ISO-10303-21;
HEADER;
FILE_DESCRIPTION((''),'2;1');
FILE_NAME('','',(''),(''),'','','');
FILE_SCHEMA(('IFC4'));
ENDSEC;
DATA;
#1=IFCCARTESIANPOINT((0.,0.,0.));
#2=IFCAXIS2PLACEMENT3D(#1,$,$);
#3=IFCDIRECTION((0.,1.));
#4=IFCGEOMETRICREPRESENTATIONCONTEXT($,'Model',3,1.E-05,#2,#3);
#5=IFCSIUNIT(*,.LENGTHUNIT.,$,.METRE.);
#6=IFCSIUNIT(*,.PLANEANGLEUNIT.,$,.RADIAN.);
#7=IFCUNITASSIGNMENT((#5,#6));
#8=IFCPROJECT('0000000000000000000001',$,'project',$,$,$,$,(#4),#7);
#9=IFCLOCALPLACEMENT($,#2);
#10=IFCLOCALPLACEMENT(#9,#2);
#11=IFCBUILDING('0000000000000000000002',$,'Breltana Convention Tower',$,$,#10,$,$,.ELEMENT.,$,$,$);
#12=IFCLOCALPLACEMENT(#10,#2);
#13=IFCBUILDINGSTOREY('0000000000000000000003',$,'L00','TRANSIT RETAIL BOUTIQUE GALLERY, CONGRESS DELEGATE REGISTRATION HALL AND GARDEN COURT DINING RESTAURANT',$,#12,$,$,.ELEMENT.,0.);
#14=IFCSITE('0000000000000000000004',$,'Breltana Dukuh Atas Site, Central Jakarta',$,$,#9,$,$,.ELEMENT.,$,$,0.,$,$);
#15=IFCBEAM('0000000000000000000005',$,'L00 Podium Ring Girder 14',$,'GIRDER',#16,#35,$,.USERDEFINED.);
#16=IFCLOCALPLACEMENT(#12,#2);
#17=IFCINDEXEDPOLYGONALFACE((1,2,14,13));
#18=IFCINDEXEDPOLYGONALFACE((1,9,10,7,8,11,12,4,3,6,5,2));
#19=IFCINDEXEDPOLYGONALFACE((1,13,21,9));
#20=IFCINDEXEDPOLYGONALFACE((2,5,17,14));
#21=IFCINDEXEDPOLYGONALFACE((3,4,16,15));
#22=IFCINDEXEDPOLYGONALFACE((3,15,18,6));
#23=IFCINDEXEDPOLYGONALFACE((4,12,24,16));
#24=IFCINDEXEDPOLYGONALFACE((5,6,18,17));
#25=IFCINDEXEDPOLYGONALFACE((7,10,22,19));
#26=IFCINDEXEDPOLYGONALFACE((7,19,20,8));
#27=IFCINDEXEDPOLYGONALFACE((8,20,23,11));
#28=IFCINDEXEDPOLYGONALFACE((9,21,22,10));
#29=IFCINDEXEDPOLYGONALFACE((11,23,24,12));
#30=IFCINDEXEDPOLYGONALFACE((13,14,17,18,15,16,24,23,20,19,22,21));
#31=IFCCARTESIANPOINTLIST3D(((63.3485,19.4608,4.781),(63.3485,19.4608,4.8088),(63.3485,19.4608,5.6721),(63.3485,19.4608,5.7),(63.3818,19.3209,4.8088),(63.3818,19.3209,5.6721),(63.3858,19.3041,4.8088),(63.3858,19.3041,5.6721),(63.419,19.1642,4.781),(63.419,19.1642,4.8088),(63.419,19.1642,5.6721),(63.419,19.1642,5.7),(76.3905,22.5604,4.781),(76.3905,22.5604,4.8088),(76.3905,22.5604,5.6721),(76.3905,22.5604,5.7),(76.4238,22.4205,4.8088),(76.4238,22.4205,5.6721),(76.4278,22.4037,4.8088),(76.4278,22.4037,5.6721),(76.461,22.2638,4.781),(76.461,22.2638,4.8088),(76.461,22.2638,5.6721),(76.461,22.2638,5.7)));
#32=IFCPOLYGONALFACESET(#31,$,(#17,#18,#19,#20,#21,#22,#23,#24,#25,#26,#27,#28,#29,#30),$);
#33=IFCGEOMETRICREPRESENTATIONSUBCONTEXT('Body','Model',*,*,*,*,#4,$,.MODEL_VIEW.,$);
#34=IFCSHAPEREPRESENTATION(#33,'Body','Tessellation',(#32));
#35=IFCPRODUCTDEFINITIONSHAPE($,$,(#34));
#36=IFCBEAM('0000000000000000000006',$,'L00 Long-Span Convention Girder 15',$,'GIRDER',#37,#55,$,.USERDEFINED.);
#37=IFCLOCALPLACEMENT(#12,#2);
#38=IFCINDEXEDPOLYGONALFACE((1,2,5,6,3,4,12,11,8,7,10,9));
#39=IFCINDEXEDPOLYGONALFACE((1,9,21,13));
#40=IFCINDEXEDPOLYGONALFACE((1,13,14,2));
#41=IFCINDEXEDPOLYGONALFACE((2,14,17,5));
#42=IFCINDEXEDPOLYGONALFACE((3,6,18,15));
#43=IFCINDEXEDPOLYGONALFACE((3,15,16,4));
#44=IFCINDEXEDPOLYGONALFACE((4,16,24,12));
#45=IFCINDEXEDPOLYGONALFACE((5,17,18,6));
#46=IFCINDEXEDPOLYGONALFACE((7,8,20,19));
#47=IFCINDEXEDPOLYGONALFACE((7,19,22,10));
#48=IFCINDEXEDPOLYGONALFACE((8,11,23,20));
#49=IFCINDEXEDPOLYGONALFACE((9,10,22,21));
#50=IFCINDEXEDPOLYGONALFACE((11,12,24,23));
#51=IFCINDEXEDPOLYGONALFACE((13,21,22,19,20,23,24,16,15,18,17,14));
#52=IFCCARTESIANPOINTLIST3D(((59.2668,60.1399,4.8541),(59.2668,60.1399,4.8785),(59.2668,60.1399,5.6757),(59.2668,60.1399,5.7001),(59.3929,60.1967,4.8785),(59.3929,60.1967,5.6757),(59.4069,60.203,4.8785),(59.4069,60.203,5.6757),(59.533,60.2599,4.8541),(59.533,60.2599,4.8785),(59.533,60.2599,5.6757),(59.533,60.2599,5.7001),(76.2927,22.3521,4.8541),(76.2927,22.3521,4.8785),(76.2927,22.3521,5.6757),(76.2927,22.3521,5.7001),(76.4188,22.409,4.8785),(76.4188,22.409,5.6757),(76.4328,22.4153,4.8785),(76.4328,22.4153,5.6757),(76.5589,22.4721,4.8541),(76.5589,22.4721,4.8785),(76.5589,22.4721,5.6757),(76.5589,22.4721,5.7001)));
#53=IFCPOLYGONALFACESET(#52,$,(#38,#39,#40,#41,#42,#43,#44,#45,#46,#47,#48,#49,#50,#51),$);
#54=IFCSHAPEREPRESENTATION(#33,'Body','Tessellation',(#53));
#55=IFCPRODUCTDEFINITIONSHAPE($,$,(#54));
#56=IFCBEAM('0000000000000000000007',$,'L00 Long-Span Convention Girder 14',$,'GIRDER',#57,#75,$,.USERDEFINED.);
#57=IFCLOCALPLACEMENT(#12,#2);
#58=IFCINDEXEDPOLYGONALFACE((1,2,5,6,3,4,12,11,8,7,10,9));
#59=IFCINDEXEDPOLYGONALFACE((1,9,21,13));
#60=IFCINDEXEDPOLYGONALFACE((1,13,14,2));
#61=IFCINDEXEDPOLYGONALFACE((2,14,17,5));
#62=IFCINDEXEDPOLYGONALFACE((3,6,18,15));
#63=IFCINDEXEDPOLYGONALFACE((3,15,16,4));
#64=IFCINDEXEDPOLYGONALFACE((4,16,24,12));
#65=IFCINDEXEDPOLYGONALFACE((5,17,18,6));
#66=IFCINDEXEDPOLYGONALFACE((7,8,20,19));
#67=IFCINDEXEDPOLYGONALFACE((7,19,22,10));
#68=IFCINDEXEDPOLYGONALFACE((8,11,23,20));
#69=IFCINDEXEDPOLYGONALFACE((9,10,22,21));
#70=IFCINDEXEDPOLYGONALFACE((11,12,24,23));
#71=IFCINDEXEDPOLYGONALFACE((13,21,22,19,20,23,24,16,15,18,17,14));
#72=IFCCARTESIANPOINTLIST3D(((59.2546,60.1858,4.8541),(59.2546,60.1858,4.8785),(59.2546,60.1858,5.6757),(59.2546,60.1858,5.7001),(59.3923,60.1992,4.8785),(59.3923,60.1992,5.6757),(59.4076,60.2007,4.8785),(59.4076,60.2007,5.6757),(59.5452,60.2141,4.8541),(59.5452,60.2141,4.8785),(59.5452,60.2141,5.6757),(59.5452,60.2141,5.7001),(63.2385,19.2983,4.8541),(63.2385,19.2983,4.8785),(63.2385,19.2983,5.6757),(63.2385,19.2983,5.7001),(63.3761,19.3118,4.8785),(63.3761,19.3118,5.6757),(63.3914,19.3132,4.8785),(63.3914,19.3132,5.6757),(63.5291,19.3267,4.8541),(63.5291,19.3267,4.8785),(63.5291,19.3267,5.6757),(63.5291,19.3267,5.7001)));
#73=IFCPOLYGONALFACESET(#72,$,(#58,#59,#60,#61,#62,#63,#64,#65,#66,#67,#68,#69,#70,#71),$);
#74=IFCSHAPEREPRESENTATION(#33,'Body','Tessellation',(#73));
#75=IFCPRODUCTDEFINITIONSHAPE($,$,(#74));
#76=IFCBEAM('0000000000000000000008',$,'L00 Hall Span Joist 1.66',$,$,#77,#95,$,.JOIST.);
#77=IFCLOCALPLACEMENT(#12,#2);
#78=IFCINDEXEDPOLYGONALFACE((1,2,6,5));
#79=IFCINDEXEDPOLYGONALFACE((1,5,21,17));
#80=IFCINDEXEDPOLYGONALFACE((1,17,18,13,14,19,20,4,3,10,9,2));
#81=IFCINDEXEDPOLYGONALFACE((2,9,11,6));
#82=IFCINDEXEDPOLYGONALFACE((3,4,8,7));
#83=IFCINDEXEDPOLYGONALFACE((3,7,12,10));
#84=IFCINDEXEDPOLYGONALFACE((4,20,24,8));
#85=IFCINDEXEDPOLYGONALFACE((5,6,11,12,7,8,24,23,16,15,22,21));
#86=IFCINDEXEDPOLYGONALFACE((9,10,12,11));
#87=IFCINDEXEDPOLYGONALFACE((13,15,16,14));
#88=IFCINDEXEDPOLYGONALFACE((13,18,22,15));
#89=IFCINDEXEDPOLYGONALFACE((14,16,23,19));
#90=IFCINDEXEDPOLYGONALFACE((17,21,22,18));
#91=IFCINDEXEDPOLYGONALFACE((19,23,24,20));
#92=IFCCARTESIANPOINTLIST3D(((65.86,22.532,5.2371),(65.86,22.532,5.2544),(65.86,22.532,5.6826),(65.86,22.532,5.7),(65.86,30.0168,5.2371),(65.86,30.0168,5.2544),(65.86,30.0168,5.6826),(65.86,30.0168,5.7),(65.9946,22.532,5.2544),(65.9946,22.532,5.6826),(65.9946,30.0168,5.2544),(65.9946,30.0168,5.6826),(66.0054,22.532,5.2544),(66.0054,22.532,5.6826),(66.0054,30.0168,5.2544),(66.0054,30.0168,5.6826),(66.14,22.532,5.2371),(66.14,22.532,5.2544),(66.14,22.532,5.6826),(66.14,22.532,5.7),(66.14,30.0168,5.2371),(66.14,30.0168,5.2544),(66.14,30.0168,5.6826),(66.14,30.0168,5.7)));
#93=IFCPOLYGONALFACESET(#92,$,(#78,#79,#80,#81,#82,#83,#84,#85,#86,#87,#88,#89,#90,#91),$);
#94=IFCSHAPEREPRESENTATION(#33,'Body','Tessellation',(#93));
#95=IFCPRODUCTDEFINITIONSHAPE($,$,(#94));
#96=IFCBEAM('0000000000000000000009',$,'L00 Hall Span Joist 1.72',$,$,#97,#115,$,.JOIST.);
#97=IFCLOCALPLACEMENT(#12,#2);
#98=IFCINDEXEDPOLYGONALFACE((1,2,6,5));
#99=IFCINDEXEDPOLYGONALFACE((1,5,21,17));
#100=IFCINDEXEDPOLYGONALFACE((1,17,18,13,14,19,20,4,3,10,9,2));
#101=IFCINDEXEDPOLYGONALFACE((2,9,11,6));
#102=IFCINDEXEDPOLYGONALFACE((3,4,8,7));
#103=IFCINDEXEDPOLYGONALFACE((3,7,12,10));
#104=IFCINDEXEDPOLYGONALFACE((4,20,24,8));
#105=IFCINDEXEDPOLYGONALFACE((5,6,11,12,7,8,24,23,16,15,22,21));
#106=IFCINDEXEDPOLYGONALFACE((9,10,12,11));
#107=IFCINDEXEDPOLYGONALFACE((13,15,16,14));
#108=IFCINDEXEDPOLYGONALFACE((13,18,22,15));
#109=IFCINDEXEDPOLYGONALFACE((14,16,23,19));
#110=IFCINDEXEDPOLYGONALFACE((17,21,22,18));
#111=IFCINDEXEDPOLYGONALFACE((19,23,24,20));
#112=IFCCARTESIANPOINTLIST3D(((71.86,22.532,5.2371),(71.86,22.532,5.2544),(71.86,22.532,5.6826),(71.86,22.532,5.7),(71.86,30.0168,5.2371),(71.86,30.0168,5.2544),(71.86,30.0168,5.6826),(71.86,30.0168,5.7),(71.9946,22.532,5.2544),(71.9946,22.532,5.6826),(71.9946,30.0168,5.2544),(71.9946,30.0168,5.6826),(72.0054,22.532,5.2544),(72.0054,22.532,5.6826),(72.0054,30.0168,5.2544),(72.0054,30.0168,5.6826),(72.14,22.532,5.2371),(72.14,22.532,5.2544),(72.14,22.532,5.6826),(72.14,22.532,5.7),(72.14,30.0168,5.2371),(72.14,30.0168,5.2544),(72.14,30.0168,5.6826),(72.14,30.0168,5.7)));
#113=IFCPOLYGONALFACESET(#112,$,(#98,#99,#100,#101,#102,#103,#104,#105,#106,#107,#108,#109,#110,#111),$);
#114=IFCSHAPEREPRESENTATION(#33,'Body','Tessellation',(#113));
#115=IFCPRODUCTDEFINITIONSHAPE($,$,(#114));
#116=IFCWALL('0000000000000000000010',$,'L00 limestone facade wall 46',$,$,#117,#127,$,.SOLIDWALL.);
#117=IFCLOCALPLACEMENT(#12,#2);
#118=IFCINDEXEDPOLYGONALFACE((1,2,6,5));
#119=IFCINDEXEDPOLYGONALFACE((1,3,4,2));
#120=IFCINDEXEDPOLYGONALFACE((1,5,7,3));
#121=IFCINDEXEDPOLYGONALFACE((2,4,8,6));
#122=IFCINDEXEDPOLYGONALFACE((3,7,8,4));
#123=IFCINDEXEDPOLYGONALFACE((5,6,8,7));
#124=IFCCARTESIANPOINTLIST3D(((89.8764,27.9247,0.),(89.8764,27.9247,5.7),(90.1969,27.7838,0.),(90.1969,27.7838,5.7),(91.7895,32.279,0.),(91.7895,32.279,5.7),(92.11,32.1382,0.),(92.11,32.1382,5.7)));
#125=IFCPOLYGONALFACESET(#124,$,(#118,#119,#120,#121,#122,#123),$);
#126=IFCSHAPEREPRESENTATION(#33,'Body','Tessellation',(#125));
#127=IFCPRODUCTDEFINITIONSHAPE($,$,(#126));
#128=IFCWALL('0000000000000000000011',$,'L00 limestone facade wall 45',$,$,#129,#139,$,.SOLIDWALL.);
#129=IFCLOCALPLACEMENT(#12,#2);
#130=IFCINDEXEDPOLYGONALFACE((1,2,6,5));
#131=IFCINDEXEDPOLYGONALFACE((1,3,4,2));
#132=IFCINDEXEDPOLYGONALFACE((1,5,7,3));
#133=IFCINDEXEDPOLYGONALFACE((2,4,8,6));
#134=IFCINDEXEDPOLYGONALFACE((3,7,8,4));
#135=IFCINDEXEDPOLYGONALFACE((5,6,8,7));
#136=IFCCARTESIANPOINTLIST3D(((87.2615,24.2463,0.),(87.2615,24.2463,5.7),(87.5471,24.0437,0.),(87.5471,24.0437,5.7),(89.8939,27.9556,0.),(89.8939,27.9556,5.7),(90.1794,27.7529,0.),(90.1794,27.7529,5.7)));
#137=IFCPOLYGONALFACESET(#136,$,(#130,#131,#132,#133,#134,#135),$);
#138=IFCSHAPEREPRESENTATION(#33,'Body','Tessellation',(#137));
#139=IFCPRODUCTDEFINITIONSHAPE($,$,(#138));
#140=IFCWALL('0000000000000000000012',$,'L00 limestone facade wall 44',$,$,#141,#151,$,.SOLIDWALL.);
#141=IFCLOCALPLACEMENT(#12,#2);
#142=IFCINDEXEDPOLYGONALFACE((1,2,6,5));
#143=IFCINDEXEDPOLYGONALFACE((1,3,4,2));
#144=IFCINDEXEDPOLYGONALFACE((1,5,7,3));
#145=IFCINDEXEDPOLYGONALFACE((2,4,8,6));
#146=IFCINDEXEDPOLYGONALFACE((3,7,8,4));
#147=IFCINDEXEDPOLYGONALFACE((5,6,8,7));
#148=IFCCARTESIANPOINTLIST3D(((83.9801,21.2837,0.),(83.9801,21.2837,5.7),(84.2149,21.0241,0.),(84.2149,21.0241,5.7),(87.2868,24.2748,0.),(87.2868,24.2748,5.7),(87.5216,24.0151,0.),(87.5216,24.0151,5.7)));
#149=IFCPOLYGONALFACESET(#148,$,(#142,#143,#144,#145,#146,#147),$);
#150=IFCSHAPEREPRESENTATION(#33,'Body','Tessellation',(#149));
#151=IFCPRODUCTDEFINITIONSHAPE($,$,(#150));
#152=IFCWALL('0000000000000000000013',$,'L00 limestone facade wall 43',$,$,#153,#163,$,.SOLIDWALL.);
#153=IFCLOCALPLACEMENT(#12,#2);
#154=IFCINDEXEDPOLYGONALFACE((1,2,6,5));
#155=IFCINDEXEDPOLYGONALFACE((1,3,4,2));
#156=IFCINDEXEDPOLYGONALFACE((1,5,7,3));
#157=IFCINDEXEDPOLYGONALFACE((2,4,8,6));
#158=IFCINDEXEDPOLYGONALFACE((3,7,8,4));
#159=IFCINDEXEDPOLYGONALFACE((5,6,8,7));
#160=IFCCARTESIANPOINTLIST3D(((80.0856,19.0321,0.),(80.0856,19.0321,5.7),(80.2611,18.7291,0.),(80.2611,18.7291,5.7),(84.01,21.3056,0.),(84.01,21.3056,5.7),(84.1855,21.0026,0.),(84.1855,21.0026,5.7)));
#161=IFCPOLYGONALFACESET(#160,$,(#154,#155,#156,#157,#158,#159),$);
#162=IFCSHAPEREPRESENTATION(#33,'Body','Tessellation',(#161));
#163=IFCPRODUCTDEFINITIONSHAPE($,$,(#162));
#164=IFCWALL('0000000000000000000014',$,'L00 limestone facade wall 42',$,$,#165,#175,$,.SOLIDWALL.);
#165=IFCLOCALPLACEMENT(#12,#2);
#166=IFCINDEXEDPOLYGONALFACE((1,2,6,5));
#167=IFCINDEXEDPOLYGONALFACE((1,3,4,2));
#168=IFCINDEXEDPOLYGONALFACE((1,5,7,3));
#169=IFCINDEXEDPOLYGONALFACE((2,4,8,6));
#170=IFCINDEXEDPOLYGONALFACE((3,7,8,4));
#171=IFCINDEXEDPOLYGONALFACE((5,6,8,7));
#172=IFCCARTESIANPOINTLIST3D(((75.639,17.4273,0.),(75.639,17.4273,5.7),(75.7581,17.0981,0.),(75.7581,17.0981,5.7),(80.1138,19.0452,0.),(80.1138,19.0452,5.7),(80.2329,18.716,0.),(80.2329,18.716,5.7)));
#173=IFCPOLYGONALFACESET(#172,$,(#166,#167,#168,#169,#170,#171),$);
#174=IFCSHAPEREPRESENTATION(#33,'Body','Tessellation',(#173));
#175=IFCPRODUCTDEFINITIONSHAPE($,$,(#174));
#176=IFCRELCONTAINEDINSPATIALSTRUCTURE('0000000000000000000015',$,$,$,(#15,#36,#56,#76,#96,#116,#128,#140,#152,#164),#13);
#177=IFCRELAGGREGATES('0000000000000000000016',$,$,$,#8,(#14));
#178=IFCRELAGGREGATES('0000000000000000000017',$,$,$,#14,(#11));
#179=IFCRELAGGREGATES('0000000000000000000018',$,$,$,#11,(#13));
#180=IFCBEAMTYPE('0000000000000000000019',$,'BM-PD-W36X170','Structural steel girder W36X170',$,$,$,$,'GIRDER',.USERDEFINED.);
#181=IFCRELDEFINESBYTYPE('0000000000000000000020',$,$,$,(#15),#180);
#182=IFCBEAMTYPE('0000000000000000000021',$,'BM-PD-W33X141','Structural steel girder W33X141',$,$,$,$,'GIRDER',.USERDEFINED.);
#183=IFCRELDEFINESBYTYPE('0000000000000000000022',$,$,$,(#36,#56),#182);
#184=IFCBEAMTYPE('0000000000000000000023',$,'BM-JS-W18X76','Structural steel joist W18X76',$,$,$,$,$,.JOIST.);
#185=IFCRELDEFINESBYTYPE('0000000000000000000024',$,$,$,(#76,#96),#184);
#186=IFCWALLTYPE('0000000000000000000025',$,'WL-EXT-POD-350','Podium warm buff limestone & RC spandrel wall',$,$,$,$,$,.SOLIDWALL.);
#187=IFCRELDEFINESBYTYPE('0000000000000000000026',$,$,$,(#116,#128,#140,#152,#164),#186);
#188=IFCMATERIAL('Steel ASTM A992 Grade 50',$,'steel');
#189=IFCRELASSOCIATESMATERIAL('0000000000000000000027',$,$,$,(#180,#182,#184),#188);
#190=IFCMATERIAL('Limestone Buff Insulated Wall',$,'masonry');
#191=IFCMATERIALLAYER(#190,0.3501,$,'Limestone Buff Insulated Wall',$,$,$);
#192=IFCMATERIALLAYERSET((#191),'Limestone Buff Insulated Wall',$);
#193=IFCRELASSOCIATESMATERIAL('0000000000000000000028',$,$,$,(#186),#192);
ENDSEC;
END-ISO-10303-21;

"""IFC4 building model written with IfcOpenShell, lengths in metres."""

from ifc_helpers import new_model, si_unit, direction, frame, frame_2d, origin, origin_2d, place, context, subcontext, project, spatial, rectangle, i_section, extrude, source, transform, mapped, material, layer, layer_set, material_profile, profile_set, type_object, type_shapes, element, save


model = new_model("IFC4")

# Units and contexts
model_context = context("Model", 3, precision=1e-05, world=origin(), true_north=direction((0.0, 1.0)))
body_context = subcontext(model_context, "Body", "Model", "MODEL_VIEW")
ifc_project = project(units=[si_unit("LENGTHUNIT", "METRE"), si_unit("PLANEANGLEUNIT", "RADIAN")], contexts=[model_context])

# Site, building, storey
site_placement = place(None, origin())
site = spatial("IfcSite", under=ifc_project, at=site_placement, Name="Breltana Dukuh Atas Site, Central Jakarta", CompositionType="ELEMENT", RefElevation=0.0)
building_placement = place(site_placement, origin())
building = spatial("IfcBuilding", under=site, at=building_placement, Name="Breltana Convention Tower", CompositionType="ELEMENT")
storey_placement = place(building_placement, origin())
storey = spatial("IfcBuildingStorey", under=building, at=storey_placement, Name="L00", Description="TRANSIT RETAIL BOUTIQUE GALLERY, CONGRESS DELEGATE REGISTRATION HALL AND GARDEN COURT DINING RESTAURANT", CompositionType="ELEMENT", Elevation=0.0)

# Beams
ifc_material_1 = material(Name="Steel ASTM A992 Grade 50", Category="steel")
ifc_material_profile_1 = material_profile(ifc_material_1, i_section(OverallWidth=0.3049, OverallDepth=0.9189, WebThickness=0.0173, FlangeThickness=0.0278, at=origin_2d()), Name="W36X170")
ifc_profile_set_1 = profile_set([ifc_material_profile_1], Name="Steel ASTM A992 Grade 50")
beam_type_1 = type_object("IfcBeamType", Name="BM-PD-W36X170", Description="Structural steel girder W36X170", ElementType="GIRDER", PredefinedType="USERDEFINED", material=ifc_profile_set_1)
shared_shape_1 = source(origin(), body_context, "Body", "SweptSolid", [
    extrude(i_section(OverallWidth=0.3049, OverallDepth=0.9189, WebThickness=0.0173, FlangeThickness=0.0278, at=origin_2d()), origin(), (0.0, 0.0, 1.0), 13.4053),
])
beam_1_placement = place(storey_placement, frame((63.3838, 19.3125, 5.2405), z_axis=(0.972901, 0.231223, 0.0), x_axis=(-0.231223, 0.972901, 0.0)))
element("IfcBeam", 1, at=beam_1_placement, inside=storey, type_object=beam_type_1, Name="L00 Podium Ring Girder 14", ObjectType="GIRDER", PredefinedType="USERDEFINED", context=body_context, shape_type="MappedRepresentation", body=[
    mapped(shared_shape_1, transform((0.0, 0.0, 0.0), scale=1.0)),
])
ifc_material_profile_2 = material_profile(ifc_material_1, i_section(OverallWidth=0.292, OverallDepth=0.8459, WebThickness=0.0154, FlangeThickness=0.0244, at=origin_2d()), Name="W33X141")
ifc_profile_set_2 = profile_set([ifc_material_profile_2], Name="Steel ASTM A992 Grade 50")
beam_type_2 = type_object("IfcBeamType", Name="BM-PD-W33X141", Description="Structural steel girder W33X141", ElementType="GIRDER", PredefinedType="USERDEFINED", material=ifc_profile_set_2)
shared_shape_2 = source(origin(), body_context, "Body", "SweptSolid", [
    extrude(i_section(OverallWidth=0.292, OverallDepth=0.8459, WebThickness=0.0154, FlangeThickness=0.0244, at=origin_2d()), origin(), (0.0, 0.0, 1.0), 41.4463),
])
beam_2_placement = place(storey_placement, frame((76.4258, 22.4121, 5.2771), z_axis=(-0.410793, 0.911729, 0.0), x_axis=(-0.911729, -0.410793, 0.0)))
element("IfcBeam", 2, at=beam_2_placement, inside=storey, type_object=beam_type_2, Name="L00 Long-Span Convention Girder 15", ObjectType="GIRDER", PredefinedType="USERDEFINED", context=body_context, shape_type="MappedRepresentation", body=[
    mapped(shared_shape_2, transform((0.0, 0.0, 0.0), scale=1.0)),
])
shared_shape_3 = source(origin(), body_context, "Body", "SweptSolid", [
    extrude(i_section(OverallWidth=0.292, OverallDepth=0.8459, WebThickness=0.0154, FlangeThickness=0.0244, at=origin_2d()), origin(), (0.0, 0.0, 1.0), 41.0811),
])
beam_3_placement = place(storey_placement, frame((63.3838, 19.3125, 5.2771), z_axis=(-0.096976, 0.995287, 0.0), x_axis=(-0.995287, -0.096976, 0.0)))
element("IfcBeam", 3, at=beam_3_placement, inside=storey, type_object=beam_type_2, Name="L00 Long-Span Convention Girder 14", ObjectType="GIRDER", PredefinedType="USERDEFINED", context=body_context, shape_type="MappedRepresentation", body=[
    mapped(shared_shape_3, transform((0.0, 0.0, 0.0), scale=1.0)),
])
ifc_material_profile_3 = material_profile(ifc_material_1, i_section(OverallWidth=0.28, OverallDepth=0.4629, WebThickness=0.0107, FlangeThickness=0.0173, at=origin_2d()), Name="W18X76")
ifc_profile_set_3 = profile_set([ifc_material_profile_3], Name="Steel ASTM A992 Grade 50")
beam_type_3 = type_object("IfcBeamType", Name="BM-JS-W18X76", Description="Structural steel joist W18X76", PredefinedType="JOIST", material=ifc_profile_set_3)
shared_shape_4 = source(origin(), body_context, "Body", "SweptSolid", [
    extrude(i_section(OverallWidth=0.28, OverallDepth=0.4629, WebThickness=0.0107, FlangeThickness=0.0173, at=origin_2d()), origin(), (0.0, 0.0, 1.0), 7.4849),
])
type_shapes(beam_type_3, [shared_shape_4])
for number, where, z_axis, x_axis, name in (
    (4, (66.0, 22.532, 5.4685), (0.0, 1.0, 0.0), (-1.0, 0.0, 0.0), "L00 Hall Span Joist 1.66"),
    (5, (72.0, 22.532, 5.4685), (0.0, 1.0, 0.0), (-1.0, 0.0, 0.0), "L00 Hall Span Joist 1.72"),
):
    element("IfcBeam", number, at=place(storey_placement, frame(where, z_axis=z_axis, x_axis=x_axis)), inside=storey, type_object=beam_type_3, Name=name, PredefinedType="JOIST", context=body_context, shape_type="MappedRepresentation", body=[
        mapped(shared_shape_4, transform((0.0, 0.0, 0.0), scale=1.0)),
    ])

# Walls
ifc_material_2 = material(Name="Limestone Buff Insulated Wall", Category="masonry")
ifc_layer_1 = layer(ifc_material_2, 0.3501, Name="Limestone Buff Insulated Wall")
ifc_layer_set_1 = layer_set([ifc_layer_1], Name="Limestone Buff Insulated Wall")
wall_type_1 = type_object("IfcWallType", Name="WL-EXT-POD-350", Description="Podium warm buff limestone & RC spandrel wall", PredefinedType="SOLIDWALL", material=ifc_layer_set_1)
shared_shape_5 = source(origin(), body_context, "Body", "SweptSolid", [
    extrude(rectangle(XDim=4.7561, YDim=0.3501, at=frame_2d((2.3779, 0.0))), origin(), (0.0, 0.0, 1.0), 5.7),
])
wall_1_placement = place(storey_placement, frame((91.9497, 32.2085, 0.0), z_axis=(0.0, 0.0, 1.0), x_axis=(-0.402248, -0.915531, 0.0)))
element("IfcWall", 6, at=wall_1_placement, inside=storey, type_object=wall_type_1, Name="L00 limestone facade wall 46", PredefinedType="SOLIDWALL", context=body_context, shape_type="MappedRepresentation", body=[
    mapped(shared_shape_5, transform((0.0, 0.0, 0.0), scale=1.0)),
])
shared_shape_6 = source(origin(), body_context, "Body", "SweptSolid", [
    extrude(rectangle(XDim=4.5483, YDim=0.3501, at=frame_2d((2.2742, 0.0))), origin(), (0.0, 0.0, 1.0), 5.7),
])
wall_2_placement = place(storey_placement, frame((90.0366, 27.8542, 0.0), z_axis=(0.0, 0.0, 1.0), x_axis=(-0.578742, -0.81551, 0.0)))
element("IfcWall", 7, at=wall_2_placement, inside=storey, type_object=wall_type_1, Name="L00 limestone facade wall 45", PredefinedType="SOLIDWALL", context=body_context, shape_type="MappedRepresentation", body=[
    mapped(shared_shape_6, transform((0.0, 0.0, 0.0), scale=1.0)),
])
shared_shape_7 = source(origin(), body_context, "Body", "SweptSolid", [
    extrude(rectangle(XDim=4.4587, YDim=0.3501, at=frame_2d((2.2295, 0.0))), origin(), (0.0, 0.0, 1.0), 5.7),
])
wall_3_placement = place(storey_placement, frame((87.4043, 24.145, 0.0), z_axis=(0.0, 0.0, 1.0), x_axis=(-0.74162, -0.67082, 0.0)))
element("IfcWall", 8, at=wall_3_placement, inside=storey, type_object=wall_type_1, Name="L00 limestone facade wall 44", PredefinedType="SOLIDWALL", context=body_context, shape_type="MappedRepresentation", body=[
    mapped(shared_shape_7, transform((0.0, 0.0, 0.0), scale=1.0)),
])
shared_shape_8 = source(origin(), body_context, "Body", "SweptSolid", [
    extrude(rectangle(XDim=4.5354, YDim=0.3501, at=frame_2d((2.2676, 0.0))), origin(), (0.0, 0.0, 1.0), 5.7),
])
wall_4_placement = place(storey_placement, frame((84.0977, 21.1541, 0.0), z_axis=(0.0, 0.0, 1.0), x_axis=(-0.865286, -0.501278, 0.0)))
element("IfcWall", 9, at=wall_4_placement, inside=storey, type_object=wall_type_1, Name="L00 limestone facade wall 43", PredefinedType="SOLIDWALL", context=body_context, shape_type="MappedRepresentation", body=[
    mapped(shared_shape_8, transform((0.0, 0.0, 0.0), scale=1.0)),
])
shared_shape_9 = source(origin(), body_context, "Body", "SweptSolid", [
    extrude(rectangle(XDim=4.7583, YDim=0.3501, at=frame_2d((2.3792, 0.0))), origin(), (0.0, 0.0, 1.0), 5.7),
])
wall_5_placement = place(storey_placement, frame((80.1733, 18.8806, 0.0), z_axis=(0.0, 0.0, 1.0), x_axis=(-0.94042, -0.340016, 0.0)))
element("IfcWall", 10, at=wall_5_placement, inside=storey, type_object=wall_type_1, Name="L00 limestone facade wall 42", PredefinedType="SOLIDWALL", context=body_context, shape_type="MappedRepresentation", body=[
    mapped(shared_shape_9, transform((0.0, 0.0, 0.0), scale=1.0)),
])

save(model, "model.ifc")
